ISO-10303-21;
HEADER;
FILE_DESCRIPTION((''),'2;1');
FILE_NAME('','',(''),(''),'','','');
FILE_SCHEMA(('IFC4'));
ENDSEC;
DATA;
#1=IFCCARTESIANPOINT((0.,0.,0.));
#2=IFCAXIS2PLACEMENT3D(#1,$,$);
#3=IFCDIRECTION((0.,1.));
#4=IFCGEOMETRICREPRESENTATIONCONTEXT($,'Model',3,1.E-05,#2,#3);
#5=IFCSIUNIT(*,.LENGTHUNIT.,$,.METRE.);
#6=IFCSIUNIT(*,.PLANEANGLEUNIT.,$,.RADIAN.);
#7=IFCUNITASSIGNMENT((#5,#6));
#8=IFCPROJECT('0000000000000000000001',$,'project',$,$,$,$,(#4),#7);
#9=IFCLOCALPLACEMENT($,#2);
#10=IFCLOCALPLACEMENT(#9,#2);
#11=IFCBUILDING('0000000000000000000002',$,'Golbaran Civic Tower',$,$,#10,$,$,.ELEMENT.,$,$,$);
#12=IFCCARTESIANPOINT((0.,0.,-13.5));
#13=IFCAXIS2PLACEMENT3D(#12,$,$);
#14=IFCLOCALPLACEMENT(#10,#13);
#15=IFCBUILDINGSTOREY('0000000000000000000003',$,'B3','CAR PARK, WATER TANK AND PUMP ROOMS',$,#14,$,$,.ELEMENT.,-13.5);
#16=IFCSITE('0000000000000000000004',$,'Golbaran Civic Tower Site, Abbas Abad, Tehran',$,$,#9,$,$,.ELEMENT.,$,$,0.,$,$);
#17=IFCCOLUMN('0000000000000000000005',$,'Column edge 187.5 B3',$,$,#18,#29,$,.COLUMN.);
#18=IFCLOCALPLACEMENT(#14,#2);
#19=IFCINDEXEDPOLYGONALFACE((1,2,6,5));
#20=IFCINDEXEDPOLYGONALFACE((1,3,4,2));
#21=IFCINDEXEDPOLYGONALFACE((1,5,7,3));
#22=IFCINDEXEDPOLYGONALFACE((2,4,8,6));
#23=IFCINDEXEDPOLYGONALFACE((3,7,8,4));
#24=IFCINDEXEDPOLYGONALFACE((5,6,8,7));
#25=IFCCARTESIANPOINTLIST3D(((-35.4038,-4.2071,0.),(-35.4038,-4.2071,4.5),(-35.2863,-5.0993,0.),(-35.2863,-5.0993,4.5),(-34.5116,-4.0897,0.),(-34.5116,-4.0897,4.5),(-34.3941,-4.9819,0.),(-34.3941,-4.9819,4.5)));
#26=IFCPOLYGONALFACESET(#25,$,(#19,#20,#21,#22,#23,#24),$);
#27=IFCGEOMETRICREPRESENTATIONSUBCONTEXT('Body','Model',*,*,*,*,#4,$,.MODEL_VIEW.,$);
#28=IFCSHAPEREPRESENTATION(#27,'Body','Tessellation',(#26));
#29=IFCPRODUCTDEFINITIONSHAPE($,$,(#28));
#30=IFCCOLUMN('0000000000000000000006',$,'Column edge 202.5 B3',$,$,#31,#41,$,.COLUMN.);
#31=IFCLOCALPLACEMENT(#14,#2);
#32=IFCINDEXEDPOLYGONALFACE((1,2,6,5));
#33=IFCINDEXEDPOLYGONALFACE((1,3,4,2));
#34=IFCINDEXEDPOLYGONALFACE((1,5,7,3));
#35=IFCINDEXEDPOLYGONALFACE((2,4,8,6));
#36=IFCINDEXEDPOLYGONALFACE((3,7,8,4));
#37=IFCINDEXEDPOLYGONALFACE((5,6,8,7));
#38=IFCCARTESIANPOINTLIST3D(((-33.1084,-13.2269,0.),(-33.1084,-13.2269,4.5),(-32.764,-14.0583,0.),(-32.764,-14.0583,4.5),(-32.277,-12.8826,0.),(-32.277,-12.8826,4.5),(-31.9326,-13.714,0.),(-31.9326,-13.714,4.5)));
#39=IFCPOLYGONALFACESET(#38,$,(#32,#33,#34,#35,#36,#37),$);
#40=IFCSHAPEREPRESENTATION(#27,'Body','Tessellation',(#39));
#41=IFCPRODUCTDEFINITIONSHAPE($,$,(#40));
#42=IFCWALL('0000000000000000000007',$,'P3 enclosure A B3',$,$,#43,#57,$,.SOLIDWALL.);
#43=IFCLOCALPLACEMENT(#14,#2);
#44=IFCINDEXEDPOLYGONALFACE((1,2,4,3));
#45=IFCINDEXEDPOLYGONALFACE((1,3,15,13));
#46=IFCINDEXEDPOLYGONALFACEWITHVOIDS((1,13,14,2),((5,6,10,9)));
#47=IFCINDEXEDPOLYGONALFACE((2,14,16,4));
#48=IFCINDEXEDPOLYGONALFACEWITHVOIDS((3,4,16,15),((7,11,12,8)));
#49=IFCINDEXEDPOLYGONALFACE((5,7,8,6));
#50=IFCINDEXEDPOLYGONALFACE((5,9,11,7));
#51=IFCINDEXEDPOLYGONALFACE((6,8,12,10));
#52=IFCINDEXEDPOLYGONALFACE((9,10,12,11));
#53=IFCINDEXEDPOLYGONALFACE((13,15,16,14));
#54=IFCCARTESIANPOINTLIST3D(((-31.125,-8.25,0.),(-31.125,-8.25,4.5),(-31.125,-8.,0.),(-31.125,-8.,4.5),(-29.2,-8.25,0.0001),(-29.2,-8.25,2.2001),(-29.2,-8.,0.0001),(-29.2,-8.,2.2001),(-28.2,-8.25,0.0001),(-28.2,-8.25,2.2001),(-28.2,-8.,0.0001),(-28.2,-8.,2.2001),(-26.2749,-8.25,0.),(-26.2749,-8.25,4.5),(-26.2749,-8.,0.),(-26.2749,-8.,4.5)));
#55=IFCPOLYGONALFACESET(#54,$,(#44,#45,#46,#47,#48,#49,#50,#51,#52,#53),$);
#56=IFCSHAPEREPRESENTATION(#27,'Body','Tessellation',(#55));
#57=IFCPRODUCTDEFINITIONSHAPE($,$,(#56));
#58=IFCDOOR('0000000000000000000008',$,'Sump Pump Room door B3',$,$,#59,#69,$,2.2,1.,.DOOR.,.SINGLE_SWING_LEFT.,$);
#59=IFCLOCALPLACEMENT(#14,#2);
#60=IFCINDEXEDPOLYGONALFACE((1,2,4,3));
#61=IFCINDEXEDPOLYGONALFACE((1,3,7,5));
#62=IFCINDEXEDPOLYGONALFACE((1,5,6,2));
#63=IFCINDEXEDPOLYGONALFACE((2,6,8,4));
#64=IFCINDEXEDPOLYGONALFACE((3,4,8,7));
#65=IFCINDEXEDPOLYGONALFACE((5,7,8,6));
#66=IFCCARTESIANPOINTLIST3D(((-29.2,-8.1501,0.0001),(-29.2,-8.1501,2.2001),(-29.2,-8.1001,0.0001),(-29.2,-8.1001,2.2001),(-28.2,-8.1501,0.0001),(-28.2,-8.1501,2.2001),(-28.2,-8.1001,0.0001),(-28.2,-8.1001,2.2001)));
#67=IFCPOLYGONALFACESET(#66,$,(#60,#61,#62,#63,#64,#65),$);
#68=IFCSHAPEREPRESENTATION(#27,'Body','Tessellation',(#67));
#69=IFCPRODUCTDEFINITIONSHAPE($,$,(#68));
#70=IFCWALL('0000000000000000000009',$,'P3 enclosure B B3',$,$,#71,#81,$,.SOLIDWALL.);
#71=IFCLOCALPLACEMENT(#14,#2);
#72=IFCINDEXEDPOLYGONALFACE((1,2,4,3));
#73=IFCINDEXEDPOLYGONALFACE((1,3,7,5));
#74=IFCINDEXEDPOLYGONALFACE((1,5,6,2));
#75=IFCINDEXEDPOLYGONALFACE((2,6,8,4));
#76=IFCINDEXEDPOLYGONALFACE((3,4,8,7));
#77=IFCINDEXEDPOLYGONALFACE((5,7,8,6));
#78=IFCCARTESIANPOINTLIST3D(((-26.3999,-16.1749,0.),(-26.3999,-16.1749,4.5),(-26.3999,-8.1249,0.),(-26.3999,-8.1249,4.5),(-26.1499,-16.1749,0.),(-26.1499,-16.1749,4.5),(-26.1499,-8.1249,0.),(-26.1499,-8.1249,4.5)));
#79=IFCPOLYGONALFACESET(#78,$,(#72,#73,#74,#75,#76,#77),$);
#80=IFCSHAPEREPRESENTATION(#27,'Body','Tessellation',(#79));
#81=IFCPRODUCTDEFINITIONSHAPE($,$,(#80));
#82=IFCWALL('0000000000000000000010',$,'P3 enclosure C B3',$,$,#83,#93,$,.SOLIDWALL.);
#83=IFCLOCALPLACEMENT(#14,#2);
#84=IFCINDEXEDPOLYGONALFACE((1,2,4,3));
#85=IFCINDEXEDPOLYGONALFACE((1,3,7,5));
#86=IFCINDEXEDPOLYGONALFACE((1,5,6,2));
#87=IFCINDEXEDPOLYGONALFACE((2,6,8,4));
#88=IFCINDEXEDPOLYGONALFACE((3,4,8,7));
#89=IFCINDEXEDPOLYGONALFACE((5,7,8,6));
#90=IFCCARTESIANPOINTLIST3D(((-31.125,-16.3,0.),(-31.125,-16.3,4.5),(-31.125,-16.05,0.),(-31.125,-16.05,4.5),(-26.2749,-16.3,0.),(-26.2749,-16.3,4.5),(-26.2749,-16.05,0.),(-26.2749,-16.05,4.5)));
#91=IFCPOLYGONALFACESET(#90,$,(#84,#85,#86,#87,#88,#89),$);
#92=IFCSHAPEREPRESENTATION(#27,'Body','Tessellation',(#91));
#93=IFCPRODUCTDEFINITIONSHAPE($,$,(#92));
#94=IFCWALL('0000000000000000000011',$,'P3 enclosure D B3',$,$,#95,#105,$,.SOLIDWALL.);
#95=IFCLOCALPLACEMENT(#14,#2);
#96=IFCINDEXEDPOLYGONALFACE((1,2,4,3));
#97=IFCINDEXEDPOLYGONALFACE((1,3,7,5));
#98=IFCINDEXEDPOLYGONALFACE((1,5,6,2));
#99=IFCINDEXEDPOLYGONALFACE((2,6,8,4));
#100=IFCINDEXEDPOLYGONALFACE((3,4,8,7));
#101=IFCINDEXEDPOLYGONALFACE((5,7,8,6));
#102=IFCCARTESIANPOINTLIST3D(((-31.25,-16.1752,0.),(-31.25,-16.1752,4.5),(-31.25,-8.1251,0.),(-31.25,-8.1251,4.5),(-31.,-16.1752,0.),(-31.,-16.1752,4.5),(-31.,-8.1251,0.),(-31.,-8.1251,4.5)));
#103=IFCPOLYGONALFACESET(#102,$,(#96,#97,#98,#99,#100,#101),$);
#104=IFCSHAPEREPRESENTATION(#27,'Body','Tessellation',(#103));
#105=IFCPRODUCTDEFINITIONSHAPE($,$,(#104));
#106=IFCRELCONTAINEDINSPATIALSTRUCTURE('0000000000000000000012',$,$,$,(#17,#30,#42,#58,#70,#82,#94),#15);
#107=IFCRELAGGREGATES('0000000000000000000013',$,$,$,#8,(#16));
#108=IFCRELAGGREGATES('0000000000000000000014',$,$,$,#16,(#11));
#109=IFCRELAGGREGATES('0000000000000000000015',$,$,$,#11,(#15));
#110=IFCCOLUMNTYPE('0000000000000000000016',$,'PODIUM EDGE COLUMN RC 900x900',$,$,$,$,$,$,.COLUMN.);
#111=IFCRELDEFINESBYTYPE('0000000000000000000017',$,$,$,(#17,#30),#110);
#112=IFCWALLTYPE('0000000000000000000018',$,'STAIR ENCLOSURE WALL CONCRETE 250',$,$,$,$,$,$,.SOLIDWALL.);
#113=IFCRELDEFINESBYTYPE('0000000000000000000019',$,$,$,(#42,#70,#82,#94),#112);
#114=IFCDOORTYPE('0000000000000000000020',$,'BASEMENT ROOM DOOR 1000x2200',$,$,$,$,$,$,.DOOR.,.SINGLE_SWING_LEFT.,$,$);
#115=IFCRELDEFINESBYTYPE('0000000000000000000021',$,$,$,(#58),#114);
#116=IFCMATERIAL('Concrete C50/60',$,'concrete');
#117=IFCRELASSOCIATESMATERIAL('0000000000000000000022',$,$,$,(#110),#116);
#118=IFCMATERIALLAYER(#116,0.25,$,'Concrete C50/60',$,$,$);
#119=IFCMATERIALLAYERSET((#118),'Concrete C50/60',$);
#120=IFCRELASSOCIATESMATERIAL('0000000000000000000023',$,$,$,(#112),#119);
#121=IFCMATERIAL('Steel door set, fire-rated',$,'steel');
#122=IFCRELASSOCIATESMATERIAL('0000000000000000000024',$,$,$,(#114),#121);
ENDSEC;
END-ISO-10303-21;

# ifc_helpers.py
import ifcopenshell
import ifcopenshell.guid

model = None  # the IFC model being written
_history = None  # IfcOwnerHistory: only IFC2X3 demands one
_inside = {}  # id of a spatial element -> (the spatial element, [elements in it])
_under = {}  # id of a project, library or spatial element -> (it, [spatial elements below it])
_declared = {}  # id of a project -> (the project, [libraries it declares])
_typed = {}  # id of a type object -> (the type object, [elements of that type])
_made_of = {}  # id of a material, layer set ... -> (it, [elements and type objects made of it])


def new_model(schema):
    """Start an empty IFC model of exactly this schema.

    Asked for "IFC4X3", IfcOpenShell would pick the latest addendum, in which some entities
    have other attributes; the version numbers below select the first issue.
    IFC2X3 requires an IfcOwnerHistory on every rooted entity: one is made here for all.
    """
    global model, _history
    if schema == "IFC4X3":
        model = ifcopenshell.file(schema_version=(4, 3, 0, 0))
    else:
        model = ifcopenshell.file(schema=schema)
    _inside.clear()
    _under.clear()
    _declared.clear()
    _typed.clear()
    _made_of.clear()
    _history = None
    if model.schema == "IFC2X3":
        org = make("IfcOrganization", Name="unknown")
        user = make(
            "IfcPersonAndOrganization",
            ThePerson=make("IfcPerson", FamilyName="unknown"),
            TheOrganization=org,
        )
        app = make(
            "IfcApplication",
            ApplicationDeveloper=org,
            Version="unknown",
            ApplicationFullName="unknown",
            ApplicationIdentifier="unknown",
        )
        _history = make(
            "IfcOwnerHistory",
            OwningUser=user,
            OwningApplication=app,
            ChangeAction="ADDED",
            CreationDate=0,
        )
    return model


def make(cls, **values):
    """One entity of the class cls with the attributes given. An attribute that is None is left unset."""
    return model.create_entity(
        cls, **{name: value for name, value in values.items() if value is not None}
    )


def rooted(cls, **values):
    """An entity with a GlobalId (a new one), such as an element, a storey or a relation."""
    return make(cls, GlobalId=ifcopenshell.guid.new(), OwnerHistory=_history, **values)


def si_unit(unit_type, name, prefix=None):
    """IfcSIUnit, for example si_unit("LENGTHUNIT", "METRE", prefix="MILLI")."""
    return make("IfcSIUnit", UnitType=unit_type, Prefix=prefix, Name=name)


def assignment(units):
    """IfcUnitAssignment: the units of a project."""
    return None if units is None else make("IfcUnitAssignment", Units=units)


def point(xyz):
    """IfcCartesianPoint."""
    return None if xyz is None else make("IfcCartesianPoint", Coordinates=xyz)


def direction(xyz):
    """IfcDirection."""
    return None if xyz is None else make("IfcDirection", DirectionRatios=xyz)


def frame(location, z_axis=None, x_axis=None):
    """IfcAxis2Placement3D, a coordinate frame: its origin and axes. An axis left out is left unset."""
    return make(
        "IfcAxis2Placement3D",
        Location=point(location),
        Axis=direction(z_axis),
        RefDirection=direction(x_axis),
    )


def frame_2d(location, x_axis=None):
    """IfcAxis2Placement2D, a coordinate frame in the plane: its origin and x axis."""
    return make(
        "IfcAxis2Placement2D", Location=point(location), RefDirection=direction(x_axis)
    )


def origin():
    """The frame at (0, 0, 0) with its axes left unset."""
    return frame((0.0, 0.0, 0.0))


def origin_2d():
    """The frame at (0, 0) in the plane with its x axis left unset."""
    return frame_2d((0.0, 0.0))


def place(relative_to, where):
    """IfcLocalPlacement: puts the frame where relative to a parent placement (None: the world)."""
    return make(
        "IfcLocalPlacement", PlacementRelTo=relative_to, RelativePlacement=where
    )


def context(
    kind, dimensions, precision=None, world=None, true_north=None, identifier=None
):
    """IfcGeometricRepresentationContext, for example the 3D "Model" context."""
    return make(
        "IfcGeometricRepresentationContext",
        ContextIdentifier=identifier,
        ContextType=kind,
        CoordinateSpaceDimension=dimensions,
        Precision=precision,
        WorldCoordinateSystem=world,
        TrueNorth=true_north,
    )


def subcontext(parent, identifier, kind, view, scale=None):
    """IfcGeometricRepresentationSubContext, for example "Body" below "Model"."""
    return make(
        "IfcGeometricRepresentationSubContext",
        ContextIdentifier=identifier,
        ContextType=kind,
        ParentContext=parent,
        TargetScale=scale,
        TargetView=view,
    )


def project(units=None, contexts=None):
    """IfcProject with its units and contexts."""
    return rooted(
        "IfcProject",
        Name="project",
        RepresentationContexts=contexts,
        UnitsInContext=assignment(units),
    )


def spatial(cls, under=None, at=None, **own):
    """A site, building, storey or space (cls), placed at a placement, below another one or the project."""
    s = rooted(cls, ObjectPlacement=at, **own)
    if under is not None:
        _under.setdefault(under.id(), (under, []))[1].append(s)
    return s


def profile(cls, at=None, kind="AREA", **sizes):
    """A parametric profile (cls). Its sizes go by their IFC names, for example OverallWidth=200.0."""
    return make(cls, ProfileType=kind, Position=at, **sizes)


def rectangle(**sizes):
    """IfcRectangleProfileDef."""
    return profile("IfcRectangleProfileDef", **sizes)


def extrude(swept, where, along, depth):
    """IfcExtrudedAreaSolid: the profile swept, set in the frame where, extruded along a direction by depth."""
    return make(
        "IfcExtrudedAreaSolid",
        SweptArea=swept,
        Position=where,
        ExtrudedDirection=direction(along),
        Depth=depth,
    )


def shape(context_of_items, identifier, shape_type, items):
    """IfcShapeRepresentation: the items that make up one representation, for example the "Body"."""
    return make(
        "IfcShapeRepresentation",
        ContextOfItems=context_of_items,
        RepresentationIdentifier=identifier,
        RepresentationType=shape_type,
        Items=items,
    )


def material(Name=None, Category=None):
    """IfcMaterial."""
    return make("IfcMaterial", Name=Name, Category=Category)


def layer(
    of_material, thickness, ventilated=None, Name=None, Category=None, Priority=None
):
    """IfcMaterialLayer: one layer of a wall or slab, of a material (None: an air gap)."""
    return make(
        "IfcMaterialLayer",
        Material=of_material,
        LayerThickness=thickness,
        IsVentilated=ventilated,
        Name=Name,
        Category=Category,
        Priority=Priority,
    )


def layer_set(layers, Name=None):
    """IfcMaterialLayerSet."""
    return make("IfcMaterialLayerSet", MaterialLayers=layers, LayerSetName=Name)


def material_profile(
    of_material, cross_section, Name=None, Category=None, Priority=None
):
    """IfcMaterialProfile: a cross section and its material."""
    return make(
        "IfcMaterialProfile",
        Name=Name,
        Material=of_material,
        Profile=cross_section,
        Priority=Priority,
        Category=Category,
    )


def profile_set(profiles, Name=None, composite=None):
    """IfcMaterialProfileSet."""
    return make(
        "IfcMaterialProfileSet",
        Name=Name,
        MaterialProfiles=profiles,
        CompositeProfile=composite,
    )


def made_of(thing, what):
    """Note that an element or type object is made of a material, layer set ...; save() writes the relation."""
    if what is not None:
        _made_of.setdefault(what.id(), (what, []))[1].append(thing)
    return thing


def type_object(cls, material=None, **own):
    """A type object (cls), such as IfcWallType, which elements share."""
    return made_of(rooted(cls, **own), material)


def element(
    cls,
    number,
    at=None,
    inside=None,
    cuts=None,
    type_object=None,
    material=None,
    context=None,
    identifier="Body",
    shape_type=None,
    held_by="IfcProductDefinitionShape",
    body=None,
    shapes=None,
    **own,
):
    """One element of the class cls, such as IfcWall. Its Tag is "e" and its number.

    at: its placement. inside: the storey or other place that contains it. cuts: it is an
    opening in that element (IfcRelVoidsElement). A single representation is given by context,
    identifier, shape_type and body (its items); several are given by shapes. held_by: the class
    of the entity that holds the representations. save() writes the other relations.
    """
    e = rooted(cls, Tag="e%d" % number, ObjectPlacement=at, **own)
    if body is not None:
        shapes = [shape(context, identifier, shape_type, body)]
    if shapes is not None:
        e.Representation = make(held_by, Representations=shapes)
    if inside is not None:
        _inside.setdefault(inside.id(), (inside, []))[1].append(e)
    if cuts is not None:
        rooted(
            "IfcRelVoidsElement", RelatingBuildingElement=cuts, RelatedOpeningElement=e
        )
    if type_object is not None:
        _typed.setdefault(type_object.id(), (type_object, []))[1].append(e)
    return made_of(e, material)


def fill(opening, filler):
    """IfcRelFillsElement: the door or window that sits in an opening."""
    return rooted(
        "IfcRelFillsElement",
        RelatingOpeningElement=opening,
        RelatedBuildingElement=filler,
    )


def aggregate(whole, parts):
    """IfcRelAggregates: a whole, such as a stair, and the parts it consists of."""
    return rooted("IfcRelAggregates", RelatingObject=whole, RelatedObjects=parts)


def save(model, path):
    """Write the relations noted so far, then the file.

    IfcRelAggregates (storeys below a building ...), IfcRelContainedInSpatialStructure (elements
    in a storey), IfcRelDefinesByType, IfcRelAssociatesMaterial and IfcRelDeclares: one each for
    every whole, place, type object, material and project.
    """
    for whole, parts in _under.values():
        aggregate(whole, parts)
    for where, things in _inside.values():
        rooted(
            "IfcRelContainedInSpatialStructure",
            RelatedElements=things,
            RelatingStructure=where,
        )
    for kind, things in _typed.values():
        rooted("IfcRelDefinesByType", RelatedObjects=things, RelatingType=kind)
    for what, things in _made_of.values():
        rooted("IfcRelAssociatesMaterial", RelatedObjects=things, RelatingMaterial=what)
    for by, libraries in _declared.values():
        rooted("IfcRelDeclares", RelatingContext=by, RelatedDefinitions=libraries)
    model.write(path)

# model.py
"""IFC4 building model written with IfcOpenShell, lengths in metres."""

from ifc_helpers import new_model, si_unit, direction, frame, frame_2d, origin, origin_2d, place, context, subcontext, project, spatial, rectangle, extrude, material, layer, layer_set, material_profile, profile_set, type_object, element, fill, save


model = new_model("IFC4")

# Units and contexts
model_context = context("Model", 3, precision=1e-05, world=origin(), true_north=direction((0.0, 1.0)))
body_context = subcontext(model_context, "Body", "Model", "MODEL_VIEW")
ifc_project = project(units=[si_unit("LENGTHUNIT", "METRE"), si_unit("PLANEANGLEUNIT", "RADIAN")], contexts=[model_context])

# Site, building, storey
site_placement = place(None, origin())
site = spatial("IfcSite", under=ifc_project, at=site_placement, Name="Golbaran Civic Tower Site, Abbas Abad, Tehran", CompositionType="ELEMENT", RefElevation=0.0)
building_placement = place(site_placement, origin())
building = spatial("IfcBuilding", under=site, at=building_placement, Name="Golbaran Civic Tower", CompositionType="ELEMENT")
storey_placement = place(building_placement, frame((0.0, 0.0, -13.5)))
storey = spatial("IfcBuildingStorey", under=building, at=storey_placement, Name="B3", Description="CAR PARK, WATER TANK AND PUMP ROOMS", CompositionType="ELEMENT", Elevation=-13.5)

# Columns
ifc_material_1 = material(Name="Concrete C50/60", Category="concrete")
ifc_material_profile_1 = material_profile(ifc_material_1, rectangle(XDim=0.8999, YDim=0.8999, at=origin_2d()), Name="RC 900x900")
ifc_profile_set_1 = profile_set([ifc_material_profile_1], Name="Concrete C50/60")
column_type_1 = type_object("IfcColumnType", Name="PODIUM EDGE COLUMN RC 900x900", PredefinedType="COLUMN", material=ifc_profile_set_1)
for number, where, z_axis, x_axis, name in (
    (1, (-34.8989, -4.5945, 0.0), (0.0, 0.0, 1.0), (-0.991445, -0.130526, 0.0), "Column edge 187.5 B3"),
    (2, (-32.5205, -13.4705, 0.0), (0.0, 0.0, 1.0), (-0.92388, -0.382683, 0.0), "Column edge 202.5 B3"),
):
    element("IfcColumn", number, at=place(storey_placement, frame(where, z_axis=z_axis, x_axis=x_axis)), inside=storey, type_object=column_type_1, Name=name, PredefinedType="COLUMN", context=body_context, shape_type="SweptSolid", body=[
        extrude(rectangle(XDim=0.8999, YDim=0.8999, at=origin_2d()), origin(), (0.0, 0.0, 1.0), 4.5),
    ])

# Wall, opening, door
ifc_layer_1 = layer(ifc_material_1, 0.25, Name="Concrete C50/60")
ifc_layer_set_1 = layer_set([ifc_layer_1], Name="Concrete C50/60")
wall_type = type_object("IfcWallType", Name="STAIR ENCLOSURE WALL CONCRETE 250", PredefinedType="SOLIDWALL", material=ifc_layer_set_1)
wall_1_placement = place(storey_placement, frame((-31.125, -8.125, 0.0), z_axis=(0.0, 0.0, 1.0), x_axis=(1.0, 0.0, 0.0)))
wall_1 = element("IfcWall", 3, at=wall_1_placement, inside=storey, type_object=wall_type, Name="P3 enclosure A B3", PredefinedType="SOLIDWALL", context=body_context, shape_type="SweptSolid", body=[
    extrude(rectangle(XDim=4.8501, YDim=0.25, at=frame_2d((2.425, 0.0))), origin(), (0.0, 0.0, 1.0), 4.5),
])
opening_placement = place(wall_1_placement, frame((1.925, 0.0, 0.0)))
opening = element("IfcOpeningElement", 4, at=opening_placement, cuts=wall_1, PredefinedType="OPENING", context=body_context, shape_type="SweptSolid", body=[
    extrude(rectangle(XDim=1.0, YDim=2.2, at=frame_2d((0.5, 1.1001))), frame((0.0, 0.135, 0.0), z_axis=(0.0, -1.0, 0.0), x_axis=(1.0, 0.0, 0.0)), (0.0, 0.0, 1.0), 0.27),
])
ifc_material_2 = material(Name="Steel door set, fire-rated", Category="steel")
door_type = type_object("IfcDoorType", Name="BASEMENT ROOM DOOR 1000x2200", OperationType="SINGLE_SWING_LEFT", PredefinedType="DOOR", material=ifc_material_2)
door_placement = place(opening_placement, origin())
door = element("IfcDoor", 5, at=door_placement, inside=storey, type_object=door_type, Name="Sump Pump Room door B3", OperationType="SINGLE_SWING_LEFT", OverallHeight=2.2, OverallWidth=1.0, PredefinedType="DOOR", context=body_context, shape_type="SweptSolid", body=[
    extrude(rectangle(XDim=1.0, YDim=2.2, at=frame_2d((0.5, 1.1001))), frame((0.0, 0.0249, 0.0), z_axis=(0.0, -1.0, 0.0), x_axis=(1.0, 0.0, 0.0)), (0.0, 0.0, 1.0), 0.05),
])
fill(opening, door)

# Walls
wall_2_placement = place(storey_placement, frame((-26.2749, -8.125, 0.0), z_axis=(0.0, 0.0, 1.0), x_axis=(0.0, -1.0, 0.0)))
element("IfcWall", 6, at=wall_2_placement, inside=storey, type_object=wall_type, Name="P3 enclosure B B3", PredefinedType="SOLIDWALL", context=body_context, shape_type="SweptSolid", body=[
    extrude(rectangle(XDim=8.05, YDim=0.25, at=frame_2d((4.0249, 0.0))), origin(), (0.0, 0.0, 1.0), 4.5),
])
wall_3_placement = place(storey_placement, frame((-26.2749, -16.175, 0.0), z_axis=(0.0, 0.0, 1.0), x_axis=(-1.0, 0.0, 0.0)))
element("IfcWall", 7, at=wall_3_placement, inside=storey, type_object=wall_type, Name="P3 enclosure C B3", PredefinedType="SOLIDWALL", context=body_context, shape_type="SweptSolid", body=[
    extrude(rectangle(XDim=4.8501, YDim=0.25, at=frame_2d((2.425, 0.0))), origin(), (0.0, 0.0, 1.0), 4.5),
])
wall_4_placement = place(storey_placement, frame((-31.125, -16.175, 0.0), z_axis=(0.0, 0.0, 1.0), x_axis=(0.0, 1.0, 0.0)))
element("IfcWall", 8, at=wall_4_placement, inside=storey, type_object=wall_type, Name="P3 enclosure D B3", PredefinedType="SOLIDWALL", context=body_context, shape_type="SweptSolid", body=[
    extrude(rectangle(XDim=8.05, YDim=0.25, at=frame_2d((4.0249, 0.0))), origin(), (0.0, 0.0, 1.0), 4.5),
])

save(model, "model.ifc")
